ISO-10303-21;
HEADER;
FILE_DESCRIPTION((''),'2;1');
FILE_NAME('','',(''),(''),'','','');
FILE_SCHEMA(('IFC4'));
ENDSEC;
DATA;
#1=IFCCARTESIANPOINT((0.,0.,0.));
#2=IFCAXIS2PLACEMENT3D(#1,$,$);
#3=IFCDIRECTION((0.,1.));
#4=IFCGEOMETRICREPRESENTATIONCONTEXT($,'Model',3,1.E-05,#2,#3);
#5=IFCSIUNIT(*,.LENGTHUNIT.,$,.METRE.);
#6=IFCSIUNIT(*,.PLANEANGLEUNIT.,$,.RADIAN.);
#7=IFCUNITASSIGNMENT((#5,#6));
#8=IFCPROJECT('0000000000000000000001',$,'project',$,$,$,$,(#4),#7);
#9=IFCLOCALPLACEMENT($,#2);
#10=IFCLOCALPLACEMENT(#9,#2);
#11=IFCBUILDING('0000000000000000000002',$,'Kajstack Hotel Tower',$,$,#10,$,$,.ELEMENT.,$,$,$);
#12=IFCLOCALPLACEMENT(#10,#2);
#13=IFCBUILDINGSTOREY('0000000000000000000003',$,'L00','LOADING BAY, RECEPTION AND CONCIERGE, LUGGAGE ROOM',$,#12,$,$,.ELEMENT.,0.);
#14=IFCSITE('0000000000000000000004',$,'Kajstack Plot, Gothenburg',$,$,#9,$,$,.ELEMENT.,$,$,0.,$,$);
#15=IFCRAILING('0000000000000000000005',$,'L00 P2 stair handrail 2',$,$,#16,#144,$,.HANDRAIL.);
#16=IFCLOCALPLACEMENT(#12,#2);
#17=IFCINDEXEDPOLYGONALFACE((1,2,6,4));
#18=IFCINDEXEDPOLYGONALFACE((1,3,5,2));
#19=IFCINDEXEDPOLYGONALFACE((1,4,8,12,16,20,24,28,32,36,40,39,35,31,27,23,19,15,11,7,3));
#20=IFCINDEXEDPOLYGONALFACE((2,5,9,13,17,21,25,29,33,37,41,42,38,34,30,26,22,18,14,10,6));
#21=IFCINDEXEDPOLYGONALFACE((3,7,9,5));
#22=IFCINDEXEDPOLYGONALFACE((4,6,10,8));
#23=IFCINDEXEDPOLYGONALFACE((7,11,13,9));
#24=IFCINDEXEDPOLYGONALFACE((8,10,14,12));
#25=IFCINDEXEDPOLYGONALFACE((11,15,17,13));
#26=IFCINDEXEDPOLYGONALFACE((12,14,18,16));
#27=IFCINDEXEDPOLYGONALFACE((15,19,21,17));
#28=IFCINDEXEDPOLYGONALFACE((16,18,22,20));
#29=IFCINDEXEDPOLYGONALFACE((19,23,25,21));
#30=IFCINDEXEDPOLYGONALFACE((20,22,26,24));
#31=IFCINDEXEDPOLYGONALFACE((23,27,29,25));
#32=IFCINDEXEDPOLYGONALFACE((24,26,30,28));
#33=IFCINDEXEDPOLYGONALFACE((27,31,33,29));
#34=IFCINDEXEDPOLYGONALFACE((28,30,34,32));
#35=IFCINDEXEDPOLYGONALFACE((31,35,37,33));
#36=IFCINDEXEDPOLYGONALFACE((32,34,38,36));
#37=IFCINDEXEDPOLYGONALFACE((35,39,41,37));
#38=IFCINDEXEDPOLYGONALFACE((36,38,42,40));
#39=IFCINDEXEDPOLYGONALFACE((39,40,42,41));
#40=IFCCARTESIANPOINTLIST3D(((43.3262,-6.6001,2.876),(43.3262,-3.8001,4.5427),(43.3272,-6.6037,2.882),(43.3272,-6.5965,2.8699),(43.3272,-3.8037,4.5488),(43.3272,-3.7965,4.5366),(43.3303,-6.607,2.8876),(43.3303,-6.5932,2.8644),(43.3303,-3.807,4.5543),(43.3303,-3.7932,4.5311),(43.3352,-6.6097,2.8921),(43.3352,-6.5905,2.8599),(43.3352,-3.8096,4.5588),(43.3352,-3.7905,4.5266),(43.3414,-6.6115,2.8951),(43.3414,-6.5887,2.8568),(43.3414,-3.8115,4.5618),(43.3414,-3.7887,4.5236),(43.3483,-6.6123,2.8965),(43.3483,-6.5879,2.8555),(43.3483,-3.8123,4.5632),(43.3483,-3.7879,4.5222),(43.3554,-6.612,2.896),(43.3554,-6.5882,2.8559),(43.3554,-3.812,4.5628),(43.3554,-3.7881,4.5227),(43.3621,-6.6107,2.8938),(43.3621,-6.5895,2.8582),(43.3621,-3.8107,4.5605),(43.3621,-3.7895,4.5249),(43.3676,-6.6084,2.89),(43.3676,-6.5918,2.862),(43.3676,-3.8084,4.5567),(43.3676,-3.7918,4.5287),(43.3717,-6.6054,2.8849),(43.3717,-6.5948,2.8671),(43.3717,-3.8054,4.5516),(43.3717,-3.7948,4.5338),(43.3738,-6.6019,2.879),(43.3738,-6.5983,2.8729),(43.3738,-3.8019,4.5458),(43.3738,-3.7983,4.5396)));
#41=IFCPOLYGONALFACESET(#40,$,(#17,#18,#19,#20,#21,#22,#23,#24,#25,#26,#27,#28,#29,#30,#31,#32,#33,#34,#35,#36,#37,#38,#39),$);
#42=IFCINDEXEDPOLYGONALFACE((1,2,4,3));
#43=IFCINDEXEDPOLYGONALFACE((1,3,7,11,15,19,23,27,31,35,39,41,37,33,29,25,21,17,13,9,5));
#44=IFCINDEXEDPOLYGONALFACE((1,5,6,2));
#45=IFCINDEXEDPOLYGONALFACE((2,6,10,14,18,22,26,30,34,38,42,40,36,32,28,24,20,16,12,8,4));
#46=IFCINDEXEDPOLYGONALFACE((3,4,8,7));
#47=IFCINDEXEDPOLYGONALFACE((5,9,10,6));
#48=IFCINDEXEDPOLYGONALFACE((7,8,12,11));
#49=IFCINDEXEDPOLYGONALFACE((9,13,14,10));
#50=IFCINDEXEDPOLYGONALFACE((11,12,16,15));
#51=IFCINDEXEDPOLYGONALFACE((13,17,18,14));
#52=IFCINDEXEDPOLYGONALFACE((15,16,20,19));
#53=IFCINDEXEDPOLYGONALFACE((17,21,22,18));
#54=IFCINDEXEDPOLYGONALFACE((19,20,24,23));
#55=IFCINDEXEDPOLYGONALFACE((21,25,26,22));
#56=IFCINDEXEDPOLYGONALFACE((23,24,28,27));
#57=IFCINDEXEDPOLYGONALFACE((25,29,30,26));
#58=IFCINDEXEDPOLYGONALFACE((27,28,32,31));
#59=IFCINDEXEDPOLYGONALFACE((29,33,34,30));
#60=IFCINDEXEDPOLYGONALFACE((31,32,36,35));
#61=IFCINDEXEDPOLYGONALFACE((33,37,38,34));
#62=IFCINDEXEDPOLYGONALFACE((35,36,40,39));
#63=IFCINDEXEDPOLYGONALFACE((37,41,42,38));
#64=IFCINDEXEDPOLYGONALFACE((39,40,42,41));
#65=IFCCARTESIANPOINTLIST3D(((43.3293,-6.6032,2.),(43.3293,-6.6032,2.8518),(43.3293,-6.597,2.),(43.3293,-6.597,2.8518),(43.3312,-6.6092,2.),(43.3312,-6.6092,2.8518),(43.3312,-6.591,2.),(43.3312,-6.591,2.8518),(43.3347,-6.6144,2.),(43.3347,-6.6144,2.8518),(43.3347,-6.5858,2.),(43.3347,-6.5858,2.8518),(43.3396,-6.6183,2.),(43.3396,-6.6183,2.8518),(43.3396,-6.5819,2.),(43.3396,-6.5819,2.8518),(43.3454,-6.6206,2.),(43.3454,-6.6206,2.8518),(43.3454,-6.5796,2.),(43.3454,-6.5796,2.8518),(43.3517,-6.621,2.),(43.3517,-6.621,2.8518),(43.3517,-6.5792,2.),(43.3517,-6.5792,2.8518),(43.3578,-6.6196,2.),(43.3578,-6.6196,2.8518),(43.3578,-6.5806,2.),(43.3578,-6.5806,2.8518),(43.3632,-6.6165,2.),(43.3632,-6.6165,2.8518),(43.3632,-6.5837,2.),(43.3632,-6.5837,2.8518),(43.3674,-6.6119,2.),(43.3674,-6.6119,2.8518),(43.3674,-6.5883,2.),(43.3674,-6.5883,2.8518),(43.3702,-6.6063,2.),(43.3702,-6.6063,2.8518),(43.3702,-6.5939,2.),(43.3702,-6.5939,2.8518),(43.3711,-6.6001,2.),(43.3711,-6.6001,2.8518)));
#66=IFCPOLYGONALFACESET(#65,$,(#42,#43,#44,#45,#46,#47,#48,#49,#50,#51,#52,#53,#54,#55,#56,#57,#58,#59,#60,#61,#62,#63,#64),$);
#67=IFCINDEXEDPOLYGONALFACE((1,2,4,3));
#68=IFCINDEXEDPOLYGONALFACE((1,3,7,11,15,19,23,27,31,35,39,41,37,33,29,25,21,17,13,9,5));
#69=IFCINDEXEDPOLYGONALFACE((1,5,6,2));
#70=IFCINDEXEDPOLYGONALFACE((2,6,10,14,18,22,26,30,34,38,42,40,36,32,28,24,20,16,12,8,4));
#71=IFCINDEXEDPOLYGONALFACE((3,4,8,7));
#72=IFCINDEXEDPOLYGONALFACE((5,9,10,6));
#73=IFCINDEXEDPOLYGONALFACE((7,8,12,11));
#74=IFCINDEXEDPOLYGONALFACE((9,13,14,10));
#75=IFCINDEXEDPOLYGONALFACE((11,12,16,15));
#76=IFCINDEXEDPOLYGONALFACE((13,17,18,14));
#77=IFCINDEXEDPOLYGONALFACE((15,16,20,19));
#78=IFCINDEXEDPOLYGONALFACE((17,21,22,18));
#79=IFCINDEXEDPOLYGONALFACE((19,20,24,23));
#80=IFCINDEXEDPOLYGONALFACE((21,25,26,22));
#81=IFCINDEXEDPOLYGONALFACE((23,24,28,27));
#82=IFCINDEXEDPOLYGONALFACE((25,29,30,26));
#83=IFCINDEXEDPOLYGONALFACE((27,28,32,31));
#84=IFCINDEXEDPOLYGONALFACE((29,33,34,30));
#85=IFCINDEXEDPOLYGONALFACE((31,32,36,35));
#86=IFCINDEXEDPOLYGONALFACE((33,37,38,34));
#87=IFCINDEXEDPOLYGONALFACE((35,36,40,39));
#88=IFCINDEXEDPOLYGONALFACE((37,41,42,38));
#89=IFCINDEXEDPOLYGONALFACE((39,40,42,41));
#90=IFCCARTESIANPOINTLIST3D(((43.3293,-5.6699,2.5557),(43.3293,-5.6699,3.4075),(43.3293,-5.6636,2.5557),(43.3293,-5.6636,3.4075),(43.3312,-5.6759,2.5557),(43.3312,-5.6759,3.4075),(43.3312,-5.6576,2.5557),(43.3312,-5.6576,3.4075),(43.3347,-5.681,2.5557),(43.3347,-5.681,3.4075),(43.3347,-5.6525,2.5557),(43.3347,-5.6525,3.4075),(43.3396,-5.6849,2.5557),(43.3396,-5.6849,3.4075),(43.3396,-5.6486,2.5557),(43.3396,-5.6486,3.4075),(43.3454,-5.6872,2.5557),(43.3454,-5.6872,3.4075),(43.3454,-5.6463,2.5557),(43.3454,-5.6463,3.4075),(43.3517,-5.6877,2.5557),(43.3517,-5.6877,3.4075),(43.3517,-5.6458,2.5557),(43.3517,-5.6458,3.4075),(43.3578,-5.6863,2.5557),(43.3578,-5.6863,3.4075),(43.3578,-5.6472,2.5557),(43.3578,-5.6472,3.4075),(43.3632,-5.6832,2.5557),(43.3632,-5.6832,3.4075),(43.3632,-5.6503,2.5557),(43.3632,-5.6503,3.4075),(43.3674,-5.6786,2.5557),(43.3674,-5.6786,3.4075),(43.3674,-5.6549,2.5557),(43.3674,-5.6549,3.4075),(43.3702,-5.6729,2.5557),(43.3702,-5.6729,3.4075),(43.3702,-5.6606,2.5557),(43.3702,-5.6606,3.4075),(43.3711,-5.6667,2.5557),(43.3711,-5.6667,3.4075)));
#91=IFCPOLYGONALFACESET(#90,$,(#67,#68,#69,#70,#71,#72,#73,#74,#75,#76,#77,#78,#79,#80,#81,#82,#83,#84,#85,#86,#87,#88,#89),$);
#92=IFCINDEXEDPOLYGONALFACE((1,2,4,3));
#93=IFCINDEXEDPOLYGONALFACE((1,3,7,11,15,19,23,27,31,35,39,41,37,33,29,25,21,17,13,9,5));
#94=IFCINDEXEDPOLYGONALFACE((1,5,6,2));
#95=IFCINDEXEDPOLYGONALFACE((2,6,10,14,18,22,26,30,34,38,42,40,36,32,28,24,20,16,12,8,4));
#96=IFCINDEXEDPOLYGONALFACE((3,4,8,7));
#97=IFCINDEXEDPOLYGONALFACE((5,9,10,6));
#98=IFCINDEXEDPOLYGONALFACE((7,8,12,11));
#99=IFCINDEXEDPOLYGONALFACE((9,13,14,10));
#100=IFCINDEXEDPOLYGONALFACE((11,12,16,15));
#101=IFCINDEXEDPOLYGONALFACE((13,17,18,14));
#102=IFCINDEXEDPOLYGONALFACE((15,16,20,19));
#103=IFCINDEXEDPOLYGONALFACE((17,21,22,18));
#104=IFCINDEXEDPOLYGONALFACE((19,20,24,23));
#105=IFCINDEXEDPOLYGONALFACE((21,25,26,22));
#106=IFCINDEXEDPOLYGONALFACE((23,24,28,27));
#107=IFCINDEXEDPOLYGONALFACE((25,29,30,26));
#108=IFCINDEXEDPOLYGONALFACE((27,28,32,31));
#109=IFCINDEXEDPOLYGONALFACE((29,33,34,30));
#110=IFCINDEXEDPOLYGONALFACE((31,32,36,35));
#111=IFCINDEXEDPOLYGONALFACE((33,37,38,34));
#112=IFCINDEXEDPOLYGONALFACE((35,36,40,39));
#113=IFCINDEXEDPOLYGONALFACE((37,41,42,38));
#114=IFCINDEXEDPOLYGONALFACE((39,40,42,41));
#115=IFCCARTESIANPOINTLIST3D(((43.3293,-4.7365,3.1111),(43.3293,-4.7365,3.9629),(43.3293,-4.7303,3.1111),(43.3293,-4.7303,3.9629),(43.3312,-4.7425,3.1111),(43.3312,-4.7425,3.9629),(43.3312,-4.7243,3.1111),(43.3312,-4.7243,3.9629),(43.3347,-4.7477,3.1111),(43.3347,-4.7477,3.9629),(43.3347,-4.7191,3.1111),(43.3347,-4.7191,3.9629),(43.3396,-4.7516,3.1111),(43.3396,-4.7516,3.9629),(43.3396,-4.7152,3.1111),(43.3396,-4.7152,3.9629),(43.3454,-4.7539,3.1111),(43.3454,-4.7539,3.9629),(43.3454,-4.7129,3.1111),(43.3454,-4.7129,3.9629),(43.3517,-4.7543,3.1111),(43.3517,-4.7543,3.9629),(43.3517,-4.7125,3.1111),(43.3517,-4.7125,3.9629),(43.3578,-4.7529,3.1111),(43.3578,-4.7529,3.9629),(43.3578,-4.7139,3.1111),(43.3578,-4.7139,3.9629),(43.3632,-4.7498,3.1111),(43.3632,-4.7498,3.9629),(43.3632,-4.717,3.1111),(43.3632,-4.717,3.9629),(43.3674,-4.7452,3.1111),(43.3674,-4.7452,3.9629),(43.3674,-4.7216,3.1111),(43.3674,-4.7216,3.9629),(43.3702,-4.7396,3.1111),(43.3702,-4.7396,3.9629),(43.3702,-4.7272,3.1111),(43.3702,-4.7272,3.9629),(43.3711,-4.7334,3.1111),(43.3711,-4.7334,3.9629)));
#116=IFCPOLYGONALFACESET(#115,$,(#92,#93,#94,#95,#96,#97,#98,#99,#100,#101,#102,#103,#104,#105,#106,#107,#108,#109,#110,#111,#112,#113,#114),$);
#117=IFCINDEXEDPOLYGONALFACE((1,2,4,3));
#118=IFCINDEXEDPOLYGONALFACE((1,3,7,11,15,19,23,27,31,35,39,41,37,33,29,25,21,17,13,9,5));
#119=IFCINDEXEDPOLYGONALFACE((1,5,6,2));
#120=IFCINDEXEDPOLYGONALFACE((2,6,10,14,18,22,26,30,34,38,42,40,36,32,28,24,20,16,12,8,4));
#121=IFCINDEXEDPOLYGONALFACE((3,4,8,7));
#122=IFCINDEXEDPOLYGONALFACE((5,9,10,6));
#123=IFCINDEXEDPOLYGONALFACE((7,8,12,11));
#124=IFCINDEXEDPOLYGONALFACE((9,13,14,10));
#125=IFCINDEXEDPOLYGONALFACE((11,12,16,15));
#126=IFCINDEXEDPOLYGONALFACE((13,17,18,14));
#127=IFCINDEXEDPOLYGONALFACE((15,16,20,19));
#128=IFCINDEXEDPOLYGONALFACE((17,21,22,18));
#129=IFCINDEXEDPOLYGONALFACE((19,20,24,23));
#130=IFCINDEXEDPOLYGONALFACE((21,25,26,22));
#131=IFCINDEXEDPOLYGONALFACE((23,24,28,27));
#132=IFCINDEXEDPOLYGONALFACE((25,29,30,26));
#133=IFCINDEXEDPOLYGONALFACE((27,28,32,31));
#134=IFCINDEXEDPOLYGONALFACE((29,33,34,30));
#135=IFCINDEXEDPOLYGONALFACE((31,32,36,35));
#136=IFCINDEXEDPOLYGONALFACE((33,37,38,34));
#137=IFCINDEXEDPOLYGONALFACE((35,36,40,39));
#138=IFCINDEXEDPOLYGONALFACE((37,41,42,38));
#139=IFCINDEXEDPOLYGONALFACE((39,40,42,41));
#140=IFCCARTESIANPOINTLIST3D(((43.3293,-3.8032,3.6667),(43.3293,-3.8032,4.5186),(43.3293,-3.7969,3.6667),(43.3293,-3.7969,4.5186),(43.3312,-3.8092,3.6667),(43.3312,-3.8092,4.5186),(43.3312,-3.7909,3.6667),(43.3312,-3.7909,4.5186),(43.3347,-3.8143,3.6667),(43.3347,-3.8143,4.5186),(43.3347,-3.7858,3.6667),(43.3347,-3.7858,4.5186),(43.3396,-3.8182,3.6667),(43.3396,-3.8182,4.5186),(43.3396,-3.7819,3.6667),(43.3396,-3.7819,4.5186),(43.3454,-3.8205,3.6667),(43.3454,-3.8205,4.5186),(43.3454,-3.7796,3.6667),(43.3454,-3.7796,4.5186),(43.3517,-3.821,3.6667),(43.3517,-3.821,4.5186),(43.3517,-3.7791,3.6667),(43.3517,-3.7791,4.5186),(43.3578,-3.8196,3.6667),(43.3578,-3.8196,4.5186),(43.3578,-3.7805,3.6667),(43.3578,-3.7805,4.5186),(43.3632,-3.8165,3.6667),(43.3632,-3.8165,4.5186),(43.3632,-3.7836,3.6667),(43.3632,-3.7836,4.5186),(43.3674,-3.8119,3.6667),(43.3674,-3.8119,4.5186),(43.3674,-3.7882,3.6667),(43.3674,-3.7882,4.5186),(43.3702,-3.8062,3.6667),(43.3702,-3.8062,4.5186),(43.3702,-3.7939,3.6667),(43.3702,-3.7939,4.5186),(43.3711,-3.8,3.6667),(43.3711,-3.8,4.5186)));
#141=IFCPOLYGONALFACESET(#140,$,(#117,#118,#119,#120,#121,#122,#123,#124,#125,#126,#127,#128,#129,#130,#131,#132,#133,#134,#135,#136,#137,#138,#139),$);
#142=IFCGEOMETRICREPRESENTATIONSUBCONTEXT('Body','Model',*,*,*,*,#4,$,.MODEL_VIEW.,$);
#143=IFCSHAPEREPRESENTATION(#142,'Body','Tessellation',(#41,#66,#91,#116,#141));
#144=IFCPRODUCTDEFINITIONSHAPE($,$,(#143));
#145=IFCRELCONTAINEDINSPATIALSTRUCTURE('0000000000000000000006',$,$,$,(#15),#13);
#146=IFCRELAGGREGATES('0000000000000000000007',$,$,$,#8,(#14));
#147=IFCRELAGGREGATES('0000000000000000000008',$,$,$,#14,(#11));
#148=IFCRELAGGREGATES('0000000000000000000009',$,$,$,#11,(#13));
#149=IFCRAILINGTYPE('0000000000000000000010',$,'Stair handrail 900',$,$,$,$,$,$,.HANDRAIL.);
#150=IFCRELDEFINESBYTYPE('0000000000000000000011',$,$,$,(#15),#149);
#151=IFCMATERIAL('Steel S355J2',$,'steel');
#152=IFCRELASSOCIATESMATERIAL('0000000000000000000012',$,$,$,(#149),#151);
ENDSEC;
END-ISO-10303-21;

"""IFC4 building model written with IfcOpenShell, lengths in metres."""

from ifc_helpers import new_model, si_unit, direction, frame, origin, origin_2d, place, context, subcontext, project, spatial, circle, extrude, material, type_object, element, save


model = new_model("IFC4")

# Units and contexts
model_context = context("Model", 3, precision=1e-05, world=origin(), true_north=direction((0.0, 1.0)))
body_context = subcontext(model_context, "Body", "Model", "MODEL_VIEW")
ifc_project = project(units=[si_unit("LENGTHUNIT", "METRE"), si_unit("PLANEANGLEUNIT", "RADIAN")], contexts=[model_context])

# Site, building, storey
site_placement = place(None, origin())
site = spatial("IfcSite", under=ifc_project, at=site_placement, Name="Kajstack Plot, Gothenburg", CompositionType="ELEMENT", RefElevation=0.0)
building_placement = place(site_placement, origin())
building = spatial("IfcBuilding", under=site, at=building_placement, Name="Kajstack Hotel Tower", CompositionType="ELEMENT")
storey_placement = place(building_placement, origin())
storey = spatial("IfcBuildingStorey", under=building, at=storey_placement, Name="L00", Description="LOADING BAY, RECEPTION AND CONCIERGE, LUGGAGE ROOM", CompositionType="ELEMENT", Elevation=0.0)

# Railing
ifc_material_1 = material(Name="Steel S355J2", Category="steel")
railing_type_1 = type_object("IfcRailingType", Name="Stair handrail 900", PredefinedType="HANDRAIL", material=ifc_material_1)
railing_1_placement = place(storey_placement, frame((43.3501, -6.6001, 2.0)))
element("IfcRailing", 1, at=railing_1_placement, inside=storey, type_object=railing_type_1, Name="L00 P2 stair handrail 2", PredefinedType="HANDRAIL", context=body_context, shape_type="SweptSolid", body=[
    extrude(circle(Radius=0.0239, at=origin_2d()), frame((0.0, 0.0, 0.876), z_axis=(0.0, 0.859286, 0.511496), x_axis=(-1.0, 0.0, 0.0)), (0.0, 0.0, 1.0), 3.2585),
    extrude(circle(Radius=0.021, at=origin_2d()), origin(), (0.0, 0.0, 1.0), 0.8518),
    extrude(circle(Radius=0.021, at=origin_2d()), frame((0.0, 0.9333, 0.5557)), (0.0, 0.0, 1.0), 0.8518),
    extrude(circle(Radius=0.021, at=origin_2d()), frame((0.0, 1.8667, 1.1111)), (0.0, 0.0, 1.0), 0.8518),
    extrude(circle(Radius=0.021, at=origin_2d()), frame((0.0, 2.8, 1.6667)), (0.0, 0.0, 1.0), 0.8518),
])

save(model, "model.ifc")
